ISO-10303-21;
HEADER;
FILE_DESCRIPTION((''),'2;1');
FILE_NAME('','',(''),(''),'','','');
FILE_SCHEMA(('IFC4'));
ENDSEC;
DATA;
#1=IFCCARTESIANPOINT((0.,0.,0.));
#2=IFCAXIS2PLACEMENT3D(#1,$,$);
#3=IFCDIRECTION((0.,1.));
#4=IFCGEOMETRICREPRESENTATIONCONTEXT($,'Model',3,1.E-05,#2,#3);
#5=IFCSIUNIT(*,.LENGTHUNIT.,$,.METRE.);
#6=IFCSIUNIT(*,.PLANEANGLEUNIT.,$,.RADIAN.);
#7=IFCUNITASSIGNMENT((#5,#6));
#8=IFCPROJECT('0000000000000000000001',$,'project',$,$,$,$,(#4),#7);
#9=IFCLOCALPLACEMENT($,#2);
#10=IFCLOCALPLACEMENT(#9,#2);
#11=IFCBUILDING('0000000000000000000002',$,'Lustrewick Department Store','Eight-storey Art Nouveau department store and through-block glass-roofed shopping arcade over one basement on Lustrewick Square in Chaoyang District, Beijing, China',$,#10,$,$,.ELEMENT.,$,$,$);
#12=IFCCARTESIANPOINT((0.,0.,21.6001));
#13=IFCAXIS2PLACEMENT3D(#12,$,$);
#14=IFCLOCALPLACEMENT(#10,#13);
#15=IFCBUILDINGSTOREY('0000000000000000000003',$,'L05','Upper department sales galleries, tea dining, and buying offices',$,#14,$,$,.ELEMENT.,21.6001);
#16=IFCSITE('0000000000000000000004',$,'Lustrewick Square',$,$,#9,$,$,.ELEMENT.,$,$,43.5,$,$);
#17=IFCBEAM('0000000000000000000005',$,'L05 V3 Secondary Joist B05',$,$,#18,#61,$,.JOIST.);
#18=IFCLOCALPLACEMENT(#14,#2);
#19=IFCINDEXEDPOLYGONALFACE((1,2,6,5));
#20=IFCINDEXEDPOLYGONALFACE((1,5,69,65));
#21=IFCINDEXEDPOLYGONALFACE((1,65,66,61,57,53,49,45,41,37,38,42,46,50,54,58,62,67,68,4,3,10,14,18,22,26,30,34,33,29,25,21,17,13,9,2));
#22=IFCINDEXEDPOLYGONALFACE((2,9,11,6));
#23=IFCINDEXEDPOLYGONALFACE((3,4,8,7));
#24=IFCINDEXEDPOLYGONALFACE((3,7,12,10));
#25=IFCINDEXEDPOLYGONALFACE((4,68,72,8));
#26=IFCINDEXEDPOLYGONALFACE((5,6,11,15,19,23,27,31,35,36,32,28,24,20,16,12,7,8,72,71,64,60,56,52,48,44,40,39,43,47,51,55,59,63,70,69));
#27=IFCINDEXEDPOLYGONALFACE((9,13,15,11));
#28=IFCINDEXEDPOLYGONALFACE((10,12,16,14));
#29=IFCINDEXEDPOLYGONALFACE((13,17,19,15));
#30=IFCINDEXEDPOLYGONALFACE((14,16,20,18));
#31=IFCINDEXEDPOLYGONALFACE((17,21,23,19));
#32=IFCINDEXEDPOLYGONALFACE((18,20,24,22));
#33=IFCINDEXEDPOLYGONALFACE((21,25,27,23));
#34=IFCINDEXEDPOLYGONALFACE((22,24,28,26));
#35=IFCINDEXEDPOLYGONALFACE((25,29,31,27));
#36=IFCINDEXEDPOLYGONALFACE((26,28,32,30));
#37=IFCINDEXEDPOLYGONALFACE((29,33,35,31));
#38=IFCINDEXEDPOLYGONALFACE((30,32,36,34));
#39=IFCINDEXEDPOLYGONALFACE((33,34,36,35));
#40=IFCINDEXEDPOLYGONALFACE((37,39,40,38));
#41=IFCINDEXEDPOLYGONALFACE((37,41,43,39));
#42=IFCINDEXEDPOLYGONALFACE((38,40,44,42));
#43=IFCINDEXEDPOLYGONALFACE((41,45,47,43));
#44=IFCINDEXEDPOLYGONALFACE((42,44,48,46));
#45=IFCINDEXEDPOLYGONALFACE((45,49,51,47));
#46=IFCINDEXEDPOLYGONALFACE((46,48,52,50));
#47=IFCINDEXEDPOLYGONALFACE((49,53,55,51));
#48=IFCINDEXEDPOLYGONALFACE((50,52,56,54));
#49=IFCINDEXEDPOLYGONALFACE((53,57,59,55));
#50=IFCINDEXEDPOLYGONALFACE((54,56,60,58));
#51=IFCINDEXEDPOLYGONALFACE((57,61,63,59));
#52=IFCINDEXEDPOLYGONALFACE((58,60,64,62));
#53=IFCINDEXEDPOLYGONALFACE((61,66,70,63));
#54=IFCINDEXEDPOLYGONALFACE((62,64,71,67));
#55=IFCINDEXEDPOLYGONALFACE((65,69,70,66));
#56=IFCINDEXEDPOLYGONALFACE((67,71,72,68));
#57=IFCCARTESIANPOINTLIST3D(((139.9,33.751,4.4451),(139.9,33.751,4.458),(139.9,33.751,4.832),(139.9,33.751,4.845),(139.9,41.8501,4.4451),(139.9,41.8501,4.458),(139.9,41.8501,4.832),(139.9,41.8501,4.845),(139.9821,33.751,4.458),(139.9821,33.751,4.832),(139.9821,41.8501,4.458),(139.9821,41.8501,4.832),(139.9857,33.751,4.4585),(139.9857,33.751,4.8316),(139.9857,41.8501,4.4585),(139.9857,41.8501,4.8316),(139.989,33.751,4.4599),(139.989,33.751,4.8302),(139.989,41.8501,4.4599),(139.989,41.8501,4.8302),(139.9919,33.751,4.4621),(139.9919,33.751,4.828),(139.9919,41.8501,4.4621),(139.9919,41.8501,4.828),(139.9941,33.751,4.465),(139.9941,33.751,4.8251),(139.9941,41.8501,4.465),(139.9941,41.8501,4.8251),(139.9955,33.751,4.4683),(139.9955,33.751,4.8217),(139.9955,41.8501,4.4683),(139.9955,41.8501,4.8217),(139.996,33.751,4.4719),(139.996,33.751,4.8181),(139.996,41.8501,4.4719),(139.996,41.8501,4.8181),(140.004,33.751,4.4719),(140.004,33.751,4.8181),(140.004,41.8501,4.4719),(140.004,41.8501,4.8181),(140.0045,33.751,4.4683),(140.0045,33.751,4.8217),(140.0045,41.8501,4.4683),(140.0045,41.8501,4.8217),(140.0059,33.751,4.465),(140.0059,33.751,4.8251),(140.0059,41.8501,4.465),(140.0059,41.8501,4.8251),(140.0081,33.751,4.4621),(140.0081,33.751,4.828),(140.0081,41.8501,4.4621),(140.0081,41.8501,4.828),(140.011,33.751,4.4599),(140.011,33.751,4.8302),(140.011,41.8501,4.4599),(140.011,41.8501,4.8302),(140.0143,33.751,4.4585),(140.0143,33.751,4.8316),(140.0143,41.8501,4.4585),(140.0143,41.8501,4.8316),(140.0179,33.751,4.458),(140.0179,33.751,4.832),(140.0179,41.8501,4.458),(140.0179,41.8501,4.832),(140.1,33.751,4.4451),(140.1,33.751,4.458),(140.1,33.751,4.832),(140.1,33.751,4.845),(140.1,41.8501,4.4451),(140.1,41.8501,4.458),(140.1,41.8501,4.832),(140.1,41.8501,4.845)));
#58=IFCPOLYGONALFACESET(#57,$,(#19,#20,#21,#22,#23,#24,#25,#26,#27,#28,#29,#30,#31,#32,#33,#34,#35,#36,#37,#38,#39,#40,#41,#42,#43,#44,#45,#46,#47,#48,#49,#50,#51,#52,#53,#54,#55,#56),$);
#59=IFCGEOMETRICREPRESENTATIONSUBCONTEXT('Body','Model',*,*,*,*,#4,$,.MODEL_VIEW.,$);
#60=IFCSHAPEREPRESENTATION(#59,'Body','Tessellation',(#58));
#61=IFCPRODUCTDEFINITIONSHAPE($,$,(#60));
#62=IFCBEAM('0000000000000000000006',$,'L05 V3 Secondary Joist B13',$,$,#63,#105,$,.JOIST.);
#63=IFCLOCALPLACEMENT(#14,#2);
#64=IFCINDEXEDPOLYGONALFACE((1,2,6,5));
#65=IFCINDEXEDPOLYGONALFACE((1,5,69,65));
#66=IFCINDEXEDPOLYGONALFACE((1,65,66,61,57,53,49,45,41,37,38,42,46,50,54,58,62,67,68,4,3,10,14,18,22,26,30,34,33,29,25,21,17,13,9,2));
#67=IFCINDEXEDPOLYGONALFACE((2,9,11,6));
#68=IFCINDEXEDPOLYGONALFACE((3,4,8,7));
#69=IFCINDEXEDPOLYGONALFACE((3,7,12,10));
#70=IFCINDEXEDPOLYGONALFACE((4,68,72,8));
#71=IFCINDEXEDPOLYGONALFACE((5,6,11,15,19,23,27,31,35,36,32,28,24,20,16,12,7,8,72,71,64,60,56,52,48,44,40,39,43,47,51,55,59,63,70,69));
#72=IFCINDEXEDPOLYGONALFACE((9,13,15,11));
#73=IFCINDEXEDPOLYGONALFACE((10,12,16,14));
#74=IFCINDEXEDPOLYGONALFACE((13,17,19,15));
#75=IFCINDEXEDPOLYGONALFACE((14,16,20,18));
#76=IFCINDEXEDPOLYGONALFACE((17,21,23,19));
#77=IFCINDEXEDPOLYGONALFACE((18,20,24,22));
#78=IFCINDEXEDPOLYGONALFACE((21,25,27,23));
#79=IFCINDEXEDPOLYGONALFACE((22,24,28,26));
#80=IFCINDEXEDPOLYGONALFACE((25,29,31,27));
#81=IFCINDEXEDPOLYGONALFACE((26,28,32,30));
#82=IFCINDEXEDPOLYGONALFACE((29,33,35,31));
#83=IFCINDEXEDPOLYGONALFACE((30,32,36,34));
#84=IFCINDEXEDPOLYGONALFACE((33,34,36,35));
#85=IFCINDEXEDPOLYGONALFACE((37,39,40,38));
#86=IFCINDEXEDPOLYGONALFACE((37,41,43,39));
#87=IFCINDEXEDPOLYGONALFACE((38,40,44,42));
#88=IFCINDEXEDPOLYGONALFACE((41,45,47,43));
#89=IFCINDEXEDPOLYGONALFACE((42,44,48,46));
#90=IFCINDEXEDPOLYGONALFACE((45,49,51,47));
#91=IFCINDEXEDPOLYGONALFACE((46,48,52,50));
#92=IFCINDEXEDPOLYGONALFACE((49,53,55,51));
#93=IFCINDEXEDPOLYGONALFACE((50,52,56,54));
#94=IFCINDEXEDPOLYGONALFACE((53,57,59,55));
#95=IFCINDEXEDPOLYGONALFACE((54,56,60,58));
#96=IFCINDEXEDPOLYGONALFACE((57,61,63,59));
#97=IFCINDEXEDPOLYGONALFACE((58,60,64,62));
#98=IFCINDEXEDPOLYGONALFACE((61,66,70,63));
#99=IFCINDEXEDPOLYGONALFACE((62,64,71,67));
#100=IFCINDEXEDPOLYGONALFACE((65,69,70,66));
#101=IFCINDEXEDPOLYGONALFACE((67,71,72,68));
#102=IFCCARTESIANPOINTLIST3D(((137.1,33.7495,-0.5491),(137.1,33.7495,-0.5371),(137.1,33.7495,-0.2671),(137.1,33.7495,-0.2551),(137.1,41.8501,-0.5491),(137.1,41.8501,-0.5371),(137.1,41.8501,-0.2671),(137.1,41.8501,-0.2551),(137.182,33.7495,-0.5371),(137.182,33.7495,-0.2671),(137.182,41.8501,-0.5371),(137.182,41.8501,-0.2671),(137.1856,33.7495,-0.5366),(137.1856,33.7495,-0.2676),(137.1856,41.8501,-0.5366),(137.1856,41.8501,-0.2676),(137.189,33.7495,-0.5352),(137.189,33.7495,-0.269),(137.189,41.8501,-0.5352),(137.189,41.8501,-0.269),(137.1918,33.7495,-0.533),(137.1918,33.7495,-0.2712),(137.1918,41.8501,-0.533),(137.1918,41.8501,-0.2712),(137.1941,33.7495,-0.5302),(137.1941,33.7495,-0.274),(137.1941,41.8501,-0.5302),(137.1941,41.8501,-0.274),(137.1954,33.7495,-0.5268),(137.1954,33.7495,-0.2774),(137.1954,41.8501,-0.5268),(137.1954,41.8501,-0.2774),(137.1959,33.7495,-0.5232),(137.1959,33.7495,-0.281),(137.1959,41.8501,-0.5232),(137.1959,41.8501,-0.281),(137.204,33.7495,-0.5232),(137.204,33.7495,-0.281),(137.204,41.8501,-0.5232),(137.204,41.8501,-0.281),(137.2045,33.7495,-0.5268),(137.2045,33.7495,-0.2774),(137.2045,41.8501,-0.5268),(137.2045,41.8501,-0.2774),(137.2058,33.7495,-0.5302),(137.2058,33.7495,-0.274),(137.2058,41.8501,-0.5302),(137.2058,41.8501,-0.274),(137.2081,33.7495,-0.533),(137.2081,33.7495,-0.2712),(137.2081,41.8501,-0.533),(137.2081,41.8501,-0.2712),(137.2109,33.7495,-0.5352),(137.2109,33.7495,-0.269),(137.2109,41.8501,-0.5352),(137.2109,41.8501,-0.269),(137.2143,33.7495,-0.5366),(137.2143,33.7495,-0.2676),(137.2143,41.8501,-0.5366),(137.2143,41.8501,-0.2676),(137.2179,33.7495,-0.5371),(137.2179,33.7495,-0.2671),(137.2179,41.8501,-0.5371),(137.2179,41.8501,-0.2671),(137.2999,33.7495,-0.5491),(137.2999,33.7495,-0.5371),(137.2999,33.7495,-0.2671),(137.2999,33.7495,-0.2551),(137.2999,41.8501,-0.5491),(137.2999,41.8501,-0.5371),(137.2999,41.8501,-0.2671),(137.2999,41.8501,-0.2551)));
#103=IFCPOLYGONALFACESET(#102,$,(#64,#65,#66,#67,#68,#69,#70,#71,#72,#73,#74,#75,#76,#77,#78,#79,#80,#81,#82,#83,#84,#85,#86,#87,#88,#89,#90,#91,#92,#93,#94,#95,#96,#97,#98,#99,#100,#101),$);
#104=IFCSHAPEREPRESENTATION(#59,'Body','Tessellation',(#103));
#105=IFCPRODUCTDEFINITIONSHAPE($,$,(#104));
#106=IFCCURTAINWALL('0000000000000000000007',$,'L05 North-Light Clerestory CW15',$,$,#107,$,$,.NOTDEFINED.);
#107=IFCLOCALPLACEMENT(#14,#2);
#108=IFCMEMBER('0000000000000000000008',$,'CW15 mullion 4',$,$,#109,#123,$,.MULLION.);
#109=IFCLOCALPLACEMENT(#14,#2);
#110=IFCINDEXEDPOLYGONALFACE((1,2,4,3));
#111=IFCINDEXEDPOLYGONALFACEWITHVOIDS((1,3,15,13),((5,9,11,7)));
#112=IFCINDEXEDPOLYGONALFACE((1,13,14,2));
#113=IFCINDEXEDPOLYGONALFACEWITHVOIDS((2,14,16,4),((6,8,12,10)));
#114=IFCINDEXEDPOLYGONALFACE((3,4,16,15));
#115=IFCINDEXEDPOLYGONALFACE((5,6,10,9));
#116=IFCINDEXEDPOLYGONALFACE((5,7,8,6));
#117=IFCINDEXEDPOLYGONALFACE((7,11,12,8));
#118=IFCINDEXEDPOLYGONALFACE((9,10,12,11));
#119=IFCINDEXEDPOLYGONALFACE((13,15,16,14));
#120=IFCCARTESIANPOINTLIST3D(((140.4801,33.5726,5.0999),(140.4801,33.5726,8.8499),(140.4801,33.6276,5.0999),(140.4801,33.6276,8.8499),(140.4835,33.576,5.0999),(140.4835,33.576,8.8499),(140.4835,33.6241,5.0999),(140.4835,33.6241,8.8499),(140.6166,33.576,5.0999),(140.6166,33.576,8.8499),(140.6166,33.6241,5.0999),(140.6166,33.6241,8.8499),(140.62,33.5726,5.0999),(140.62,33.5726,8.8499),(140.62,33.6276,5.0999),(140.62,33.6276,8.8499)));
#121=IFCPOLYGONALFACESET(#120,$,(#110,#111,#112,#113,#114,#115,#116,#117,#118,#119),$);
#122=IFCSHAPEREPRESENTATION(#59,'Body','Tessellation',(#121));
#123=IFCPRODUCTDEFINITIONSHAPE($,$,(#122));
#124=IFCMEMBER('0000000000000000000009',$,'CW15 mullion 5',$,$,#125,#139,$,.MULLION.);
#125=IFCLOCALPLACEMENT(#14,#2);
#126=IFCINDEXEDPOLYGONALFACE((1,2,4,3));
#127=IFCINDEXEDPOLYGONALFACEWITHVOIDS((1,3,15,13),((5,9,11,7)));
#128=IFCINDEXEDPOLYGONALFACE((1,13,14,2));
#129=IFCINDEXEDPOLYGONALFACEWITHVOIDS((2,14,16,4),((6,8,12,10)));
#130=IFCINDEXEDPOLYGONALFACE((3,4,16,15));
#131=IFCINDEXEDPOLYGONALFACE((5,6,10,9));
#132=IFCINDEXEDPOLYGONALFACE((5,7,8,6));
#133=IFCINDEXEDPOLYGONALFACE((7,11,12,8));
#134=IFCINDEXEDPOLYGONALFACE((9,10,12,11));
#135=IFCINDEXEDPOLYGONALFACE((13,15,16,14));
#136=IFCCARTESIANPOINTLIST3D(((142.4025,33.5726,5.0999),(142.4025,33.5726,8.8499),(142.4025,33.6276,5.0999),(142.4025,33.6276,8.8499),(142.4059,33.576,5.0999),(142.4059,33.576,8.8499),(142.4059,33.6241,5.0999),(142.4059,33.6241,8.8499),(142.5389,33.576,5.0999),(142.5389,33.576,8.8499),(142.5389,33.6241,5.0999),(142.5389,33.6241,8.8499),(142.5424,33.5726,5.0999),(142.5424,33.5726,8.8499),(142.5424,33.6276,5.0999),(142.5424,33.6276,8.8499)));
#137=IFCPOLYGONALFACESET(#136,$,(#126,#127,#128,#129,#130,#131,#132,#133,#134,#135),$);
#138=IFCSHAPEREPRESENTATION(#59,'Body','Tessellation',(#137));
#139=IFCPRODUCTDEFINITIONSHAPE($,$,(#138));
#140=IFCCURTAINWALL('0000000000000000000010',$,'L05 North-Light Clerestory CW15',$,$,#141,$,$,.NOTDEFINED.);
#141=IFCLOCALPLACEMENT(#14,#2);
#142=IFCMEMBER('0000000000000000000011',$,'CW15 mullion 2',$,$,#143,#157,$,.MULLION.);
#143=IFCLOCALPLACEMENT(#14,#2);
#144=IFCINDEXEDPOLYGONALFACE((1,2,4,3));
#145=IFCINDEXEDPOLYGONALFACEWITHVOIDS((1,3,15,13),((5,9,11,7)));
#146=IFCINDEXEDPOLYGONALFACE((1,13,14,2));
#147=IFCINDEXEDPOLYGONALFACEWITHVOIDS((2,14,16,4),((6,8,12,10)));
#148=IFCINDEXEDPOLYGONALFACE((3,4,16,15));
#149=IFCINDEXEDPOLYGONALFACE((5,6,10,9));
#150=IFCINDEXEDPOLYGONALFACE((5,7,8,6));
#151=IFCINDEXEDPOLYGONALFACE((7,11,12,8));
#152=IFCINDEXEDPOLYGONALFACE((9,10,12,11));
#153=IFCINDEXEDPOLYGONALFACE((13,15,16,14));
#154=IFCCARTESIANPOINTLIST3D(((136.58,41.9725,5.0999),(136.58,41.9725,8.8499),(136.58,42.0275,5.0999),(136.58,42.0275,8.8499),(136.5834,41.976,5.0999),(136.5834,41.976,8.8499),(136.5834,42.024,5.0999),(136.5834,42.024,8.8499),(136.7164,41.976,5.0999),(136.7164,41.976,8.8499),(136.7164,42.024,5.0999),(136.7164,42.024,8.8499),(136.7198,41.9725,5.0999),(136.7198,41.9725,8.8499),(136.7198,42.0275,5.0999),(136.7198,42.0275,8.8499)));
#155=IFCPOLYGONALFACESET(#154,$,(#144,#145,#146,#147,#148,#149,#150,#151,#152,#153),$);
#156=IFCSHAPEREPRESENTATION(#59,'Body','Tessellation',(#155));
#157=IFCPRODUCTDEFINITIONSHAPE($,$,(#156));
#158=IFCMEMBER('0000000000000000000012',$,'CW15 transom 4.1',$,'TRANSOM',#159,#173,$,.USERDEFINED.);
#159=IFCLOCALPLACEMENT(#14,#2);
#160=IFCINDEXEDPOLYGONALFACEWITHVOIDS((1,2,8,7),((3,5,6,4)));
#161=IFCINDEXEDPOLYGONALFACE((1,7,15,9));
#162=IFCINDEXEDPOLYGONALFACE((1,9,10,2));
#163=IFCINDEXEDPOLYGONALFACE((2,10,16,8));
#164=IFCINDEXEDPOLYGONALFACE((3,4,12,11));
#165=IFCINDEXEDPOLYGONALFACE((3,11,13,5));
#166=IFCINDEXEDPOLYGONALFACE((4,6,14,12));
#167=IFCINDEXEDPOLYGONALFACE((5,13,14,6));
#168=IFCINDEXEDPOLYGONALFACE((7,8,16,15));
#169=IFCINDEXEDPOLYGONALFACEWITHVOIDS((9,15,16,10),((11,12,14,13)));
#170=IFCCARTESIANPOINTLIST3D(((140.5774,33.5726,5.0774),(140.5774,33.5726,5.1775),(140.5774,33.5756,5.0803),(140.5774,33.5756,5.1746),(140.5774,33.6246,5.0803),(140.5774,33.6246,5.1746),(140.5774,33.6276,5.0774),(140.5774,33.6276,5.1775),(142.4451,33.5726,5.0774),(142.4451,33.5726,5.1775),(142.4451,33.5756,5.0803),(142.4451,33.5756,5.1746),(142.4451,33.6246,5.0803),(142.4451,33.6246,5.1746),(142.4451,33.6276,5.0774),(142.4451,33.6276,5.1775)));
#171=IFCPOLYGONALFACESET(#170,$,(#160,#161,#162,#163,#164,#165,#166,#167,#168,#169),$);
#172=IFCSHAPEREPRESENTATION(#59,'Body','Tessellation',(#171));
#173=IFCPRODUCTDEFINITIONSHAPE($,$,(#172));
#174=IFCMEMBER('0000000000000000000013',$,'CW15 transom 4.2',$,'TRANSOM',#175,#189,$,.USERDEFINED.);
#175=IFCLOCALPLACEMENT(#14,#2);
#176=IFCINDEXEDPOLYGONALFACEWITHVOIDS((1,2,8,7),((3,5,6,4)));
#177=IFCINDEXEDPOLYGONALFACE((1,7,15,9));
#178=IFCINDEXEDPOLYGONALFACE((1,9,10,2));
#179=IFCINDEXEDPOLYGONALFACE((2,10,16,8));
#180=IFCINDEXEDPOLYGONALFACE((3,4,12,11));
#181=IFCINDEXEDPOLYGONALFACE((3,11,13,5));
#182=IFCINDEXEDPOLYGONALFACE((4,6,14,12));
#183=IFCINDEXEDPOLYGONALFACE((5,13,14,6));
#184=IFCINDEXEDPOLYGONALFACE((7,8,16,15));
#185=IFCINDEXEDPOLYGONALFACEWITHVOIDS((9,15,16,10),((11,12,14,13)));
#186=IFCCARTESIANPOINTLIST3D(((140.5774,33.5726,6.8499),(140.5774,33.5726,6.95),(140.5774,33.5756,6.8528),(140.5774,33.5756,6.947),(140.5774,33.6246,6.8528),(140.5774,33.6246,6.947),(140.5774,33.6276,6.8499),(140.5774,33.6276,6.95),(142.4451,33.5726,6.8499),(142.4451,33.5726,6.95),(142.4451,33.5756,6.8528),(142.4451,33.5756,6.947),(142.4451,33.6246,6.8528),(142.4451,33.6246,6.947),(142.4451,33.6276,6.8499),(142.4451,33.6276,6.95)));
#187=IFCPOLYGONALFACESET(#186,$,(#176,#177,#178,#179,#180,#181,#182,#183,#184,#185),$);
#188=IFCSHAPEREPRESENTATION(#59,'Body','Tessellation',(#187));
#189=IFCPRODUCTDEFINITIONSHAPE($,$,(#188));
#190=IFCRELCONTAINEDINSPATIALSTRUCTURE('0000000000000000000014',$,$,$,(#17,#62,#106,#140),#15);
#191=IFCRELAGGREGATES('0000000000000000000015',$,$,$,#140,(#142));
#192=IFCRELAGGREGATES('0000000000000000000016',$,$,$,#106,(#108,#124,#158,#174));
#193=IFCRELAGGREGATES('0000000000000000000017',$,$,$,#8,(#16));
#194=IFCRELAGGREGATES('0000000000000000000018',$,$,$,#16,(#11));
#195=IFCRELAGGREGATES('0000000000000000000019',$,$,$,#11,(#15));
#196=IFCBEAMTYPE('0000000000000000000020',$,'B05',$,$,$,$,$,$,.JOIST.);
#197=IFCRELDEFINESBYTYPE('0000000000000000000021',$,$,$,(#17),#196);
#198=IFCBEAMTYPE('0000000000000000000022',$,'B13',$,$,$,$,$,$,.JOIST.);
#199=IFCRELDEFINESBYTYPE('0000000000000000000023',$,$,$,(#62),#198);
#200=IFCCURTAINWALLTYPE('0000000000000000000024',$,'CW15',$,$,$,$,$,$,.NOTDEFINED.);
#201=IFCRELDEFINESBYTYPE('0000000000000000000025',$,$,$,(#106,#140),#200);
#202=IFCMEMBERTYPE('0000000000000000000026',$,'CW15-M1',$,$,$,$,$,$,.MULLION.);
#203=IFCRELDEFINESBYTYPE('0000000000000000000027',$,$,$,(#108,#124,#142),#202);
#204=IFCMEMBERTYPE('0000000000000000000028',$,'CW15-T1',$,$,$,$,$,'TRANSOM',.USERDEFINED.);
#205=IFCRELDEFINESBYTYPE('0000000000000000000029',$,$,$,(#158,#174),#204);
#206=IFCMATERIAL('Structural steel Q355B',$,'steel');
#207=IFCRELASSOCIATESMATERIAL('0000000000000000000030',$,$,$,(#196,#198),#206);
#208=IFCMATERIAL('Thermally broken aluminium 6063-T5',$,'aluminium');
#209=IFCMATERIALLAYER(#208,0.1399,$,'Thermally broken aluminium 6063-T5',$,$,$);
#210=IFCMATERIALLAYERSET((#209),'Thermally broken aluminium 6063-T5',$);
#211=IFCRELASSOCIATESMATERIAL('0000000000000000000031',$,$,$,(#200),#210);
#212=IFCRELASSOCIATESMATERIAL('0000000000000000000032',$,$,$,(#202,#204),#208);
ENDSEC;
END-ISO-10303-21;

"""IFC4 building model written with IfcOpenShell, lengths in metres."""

from ifc_helpers import new_model, si_unit, direction, frame, origin, origin_2d, place, context, subcontext, project, spatial, hollow_rectangle, i_section, extrude, material, layer, layer_set, material_profile, profile_set, type_object, element, aggregate, save


model = new_model("IFC4")

# Units and contexts
model_context = context("Model", 3, precision=1e-05, world=origin(), true_north=direction((0.0, 1.0)))
body_context = subcontext(model_context, "Body", "Model", "MODEL_VIEW")
ifc_project = project(units=[si_unit("LENGTHUNIT", "METRE"), si_unit("PLANEANGLEUNIT", "RADIAN")], contexts=[model_context])

# Site, building, storey
site_placement = place(None, origin())
site = spatial("IfcSite", under=ifc_project, at=site_placement, Name="Lustrewick Square", CompositionType="ELEMENT", RefElevation=43.5)
building_placement = place(site_placement, origin())
building = spatial("IfcBuilding", under=site, at=building_placement, Name="Lustrewick Department Store", Description="Eight-storey Art Nouveau department store and through-block glass-roofed shopping arcade over one basement on Lustrewick Square in Chaoyang District, Beijing, China", CompositionType="ELEMENT")
storey_placement = place(building_placement, frame((0.0, 0.0, 21.6001)))
storey = spatial("IfcBuildingStorey", under=building, at=storey_placement, Name="L05", Description="Upper department sales galleries, tea dining, and buying offices", CompositionType="ELEMENT", Elevation=21.6001)

# Shared definitions
ifc_material_1 = material(Name="Structural steel Q355B", Category="steel")

# Beams
ifc_material_profile_1 = material_profile(ifc_material_1, i_section(OverallWidth=0.2, OverallDepth=0.3999, WebThickness=0.0081, FlangeThickness=0.0129, FilletRadius=0.0139, at=origin_2d()), Name="HN 400x200x8x13")
ifc_profile_set_1 = profile_set([ifc_material_profile_1], Name="Structural steel Q355B")
beam_type_1 = type_object("IfcBeamType", Name="B05", PredefinedType="JOIST", material=ifc_profile_set_1)
beam_1_placement = place(storey_placement, frame((140.0, 33.751, 4.645), z_axis=(0.0, 1.0, 0.0), x_axis=(-1.0, 0.0, 0.0)))
element("IfcBeam", 1, at=beam_1_placement, inside=storey, type_object=beam_type_1, Name="L05 V3 Secondary Joist B05", PredefinedType="JOIST", context=body_context, shape_type="SweptSolid", body=[
    extrude(i_section(OverallWidth=0.2, OverallDepth=0.3999, WebThickness=0.0081, FlangeThickness=0.0129, FilletRadius=0.0139, at=origin_2d()), origin(), (0.0, 0.0, 1.0), 8.0991),
])
ifc_material_profile_2 = material_profile(ifc_material_1, i_section(OverallWidth=0.2, OverallDepth=0.2939, WebThickness=0.0081, FlangeThickness=0.012, FilletRadius=0.0139, at=origin_2d()), Name="HM 294x200x8x12")
ifc_profile_set_2 = profile_set([ifc_material_profile_2], Name="Structural steel Q355B")
beam_type_2 = type_object("IfcBeamType", Name="B13", PredefinedType="JOIST", material=ifc_profile_set_2)
beam_2_placement = place(storey_placement, frame((137.2, 33.7495, -0.4021), z_axis=(0.0, 1.0, 0.0), x_axis=(-1.0, 0.0, 0.0)))
element("IfcBeam", 2, at=beam_2_placement, inside=storey, type_object=beam_type_2, Name="L05 V3 Secondary Joist B13", PredefinedType="JOIST", context=body_context, shape_type="SweptSolid", body=[
    extrude(i_section(OverallWidth=0.2, OverallDepth=0.2939, WebThickness=0.0081, FlangeThickness=0.012, FilletRadius=0.0139, at=origin_2d()), origin(), (0.0, 0.0, 1.0), 8.1006),
])

# Curtain wall, members
ifc_material_2 = material(Name="Thermally broken aluminium 6063-T5", Category="aluminium")
ifc_layer_1 = layer(ifc_material_2, 0.1399, Name="Thermally broken aluminium 6063-T5")
ifc_layer_set_1 = layer_set([ifc_layer_1], Name="Thermally broken aluminium 6063-T5")
curtain_wall_type = type_object("IfcCurtainWallType", Name="CW15", PredefinedType="NOTDEFINED", material=ifc_layer_set_1)
curtain_wall_1_placement = place(storey_placement, origin())
curtain_wall_1 = element("IfcCurtainWall", 3, at=curtain_wall_1_placement, inside=storey, type_object=curtain_wall_type, Name="L05 North-Light Clerestory CW15", PredefinedType="NOTDEFINED")
ifc_material_profile_3 = material_profile(ifc_material_2, hollow_rectangle(XDim=0.0549, YDim=0.1399, WallThickness=0.0034, at=origin_2d()), Name="ALU-M 55x140x3.5")
ifc_profile_set_3 = profile_set([ifc_material_profile_3], Name="Thermally broken aluminium 6063-T5")
member_type_1 = type_object("IfcMemberType", Name="CW15-M1", PredefinedType="MULLION", material=ifc_profile_set_3)
member_1_placement = place(storey_placement, frame((140.55, 33.6001, 5.0999), z_axis=(0.0, 0.0, 1.0), x_axis=(0.0, 1.0, 0.0)))
member_1 = element("IfcMember", 4, at=member_1_placement, type_object=member_type_1, Name="CW15 mullion 4", PredefinedType="MULLION", context=body_context, shape_type="SweptSolid", body=[
    extrude(hollow_rectangle(XDim=0.0549, YDim=0.1399, WallThickness=0.0034, at=origin_2d()), origin(), (0.0, 0.0, 1.0), 3.75),
])
member_2_placement = place(storey_placement, frame((142.4724, 33.6001, 5.0999), z_axis=(0.0, 0.0, 1.0), x_axis=(0.0, 1.0, 0.0)))
member_2 = element("IfcMember", 5, at=member_2_placement, type_object=member_type_1, Name="CW15 mullion 5", PredefinedType="MULLION", context=body_context, shape_type="SweptSolid", body=[
    extrude(hollow_rectangle(XDim=0.0549, YDim=0.1399, WallThickness=0.0034, at=origin_2d()), origin(), (0.0, 0.0, 1.0), 3.75),
])

# Curtain wall, member
curtain_wall_2_placement = place(storey_placement, origin())
curtain_wall_2 = element("IfcCurtainWall", 6, at=curtain_wall_2_placement, inside=storey, type_object=curtain_wall_type, Name="L05 North-Light Clerestory CW15", PredefinedType="NOTDEFINED")
member_3_placement = place(storey_placement, frame((136.6499, 42.0, 5.0999), z_axis=(0.0, 0.0, 1.0), x_axis=(0.0, 1.0, 0.0)))
member_3 = element("IfcMember", 7, at=member_3_placement, type_object=member_type_1, Name="CW15 mullion 2", PredefinedType="MULLION", context=body_context, shape_type="SweptSolid", body=[
    extrude(hollow_rectangle(XDim=0.0549, YDim=0.1399, WallThickness=0.0034, at=origin_2d()), origin(), (0.0, 0.0, 1.0), 3.75),
])

# Members
ifc_material_profile_4 = material_profile(ifc_material_2, hollow_rectangle(XDim=0.0549, YDim=0.1001, WallThickness=0.0029, at=origin_2d()), Name="ALU-T 55x100x3")
ifc_profile_set_4 = profile_set([ifc_material_profile_4], Name="Thermally broken aluminium 6063-T5")
member_type_2 = type_object("IfcMemberType", Name="CW15-T1", ElementType="TRANSOM", PredefinedType="USERDEFINED", material=ifc_profile_set_4)
member_4_placement = place(storey_placement, frame((140.5774, 33.6001, 5.1274), z_axis=(1.0, 0.0, 0.0), x_axis=(0.0, 1.0, 0.0)))
member_4 = element("IfcMember", 8, at=member_4_placement, type_object=member_type_2, Name="CW15 transom 4.1", ObjectType="TRANSOM", PredefinedType="USERDEFINED", context=body_context, shape_type="SweptSolid", body=[
    extrude(hollow_rectangle(XDim=0.0549, YDim=0.1001, WallThickness=0.0029, at=origin_2d()), origin(), (0.0, 0.0, 1.0), 1.8677),
])
member_5_placement = place(storey_placement, frame((140.5774, 33.6001, 6.8999), z_axis=(1.0, 0.0, 0.0), x_axis=(0.0, 1.0, 0.0)))
member_5 = element("IfcMember", 9, at=member_5_placement, type_object=member_type_2, Name="CW15 transom 4.2", ObjectType="TRANSOM", PredefinedType="USERDEFINED", context=body_context, shape_type="SweptSolid", body=[
    extrude(hollow_rectangle(XDim=0.0549, YDim=0.1001, WallThickness=0.0029, at=origin_2d()), origin(), (0.0, 0.0, 1.0), 1.8677),
])
aggregate(curtain_wall_2, [member_3])

aggregate(curtain_wall_1, [member_1, member_2, member_4, member_5])

save(model, "model.ifc")
